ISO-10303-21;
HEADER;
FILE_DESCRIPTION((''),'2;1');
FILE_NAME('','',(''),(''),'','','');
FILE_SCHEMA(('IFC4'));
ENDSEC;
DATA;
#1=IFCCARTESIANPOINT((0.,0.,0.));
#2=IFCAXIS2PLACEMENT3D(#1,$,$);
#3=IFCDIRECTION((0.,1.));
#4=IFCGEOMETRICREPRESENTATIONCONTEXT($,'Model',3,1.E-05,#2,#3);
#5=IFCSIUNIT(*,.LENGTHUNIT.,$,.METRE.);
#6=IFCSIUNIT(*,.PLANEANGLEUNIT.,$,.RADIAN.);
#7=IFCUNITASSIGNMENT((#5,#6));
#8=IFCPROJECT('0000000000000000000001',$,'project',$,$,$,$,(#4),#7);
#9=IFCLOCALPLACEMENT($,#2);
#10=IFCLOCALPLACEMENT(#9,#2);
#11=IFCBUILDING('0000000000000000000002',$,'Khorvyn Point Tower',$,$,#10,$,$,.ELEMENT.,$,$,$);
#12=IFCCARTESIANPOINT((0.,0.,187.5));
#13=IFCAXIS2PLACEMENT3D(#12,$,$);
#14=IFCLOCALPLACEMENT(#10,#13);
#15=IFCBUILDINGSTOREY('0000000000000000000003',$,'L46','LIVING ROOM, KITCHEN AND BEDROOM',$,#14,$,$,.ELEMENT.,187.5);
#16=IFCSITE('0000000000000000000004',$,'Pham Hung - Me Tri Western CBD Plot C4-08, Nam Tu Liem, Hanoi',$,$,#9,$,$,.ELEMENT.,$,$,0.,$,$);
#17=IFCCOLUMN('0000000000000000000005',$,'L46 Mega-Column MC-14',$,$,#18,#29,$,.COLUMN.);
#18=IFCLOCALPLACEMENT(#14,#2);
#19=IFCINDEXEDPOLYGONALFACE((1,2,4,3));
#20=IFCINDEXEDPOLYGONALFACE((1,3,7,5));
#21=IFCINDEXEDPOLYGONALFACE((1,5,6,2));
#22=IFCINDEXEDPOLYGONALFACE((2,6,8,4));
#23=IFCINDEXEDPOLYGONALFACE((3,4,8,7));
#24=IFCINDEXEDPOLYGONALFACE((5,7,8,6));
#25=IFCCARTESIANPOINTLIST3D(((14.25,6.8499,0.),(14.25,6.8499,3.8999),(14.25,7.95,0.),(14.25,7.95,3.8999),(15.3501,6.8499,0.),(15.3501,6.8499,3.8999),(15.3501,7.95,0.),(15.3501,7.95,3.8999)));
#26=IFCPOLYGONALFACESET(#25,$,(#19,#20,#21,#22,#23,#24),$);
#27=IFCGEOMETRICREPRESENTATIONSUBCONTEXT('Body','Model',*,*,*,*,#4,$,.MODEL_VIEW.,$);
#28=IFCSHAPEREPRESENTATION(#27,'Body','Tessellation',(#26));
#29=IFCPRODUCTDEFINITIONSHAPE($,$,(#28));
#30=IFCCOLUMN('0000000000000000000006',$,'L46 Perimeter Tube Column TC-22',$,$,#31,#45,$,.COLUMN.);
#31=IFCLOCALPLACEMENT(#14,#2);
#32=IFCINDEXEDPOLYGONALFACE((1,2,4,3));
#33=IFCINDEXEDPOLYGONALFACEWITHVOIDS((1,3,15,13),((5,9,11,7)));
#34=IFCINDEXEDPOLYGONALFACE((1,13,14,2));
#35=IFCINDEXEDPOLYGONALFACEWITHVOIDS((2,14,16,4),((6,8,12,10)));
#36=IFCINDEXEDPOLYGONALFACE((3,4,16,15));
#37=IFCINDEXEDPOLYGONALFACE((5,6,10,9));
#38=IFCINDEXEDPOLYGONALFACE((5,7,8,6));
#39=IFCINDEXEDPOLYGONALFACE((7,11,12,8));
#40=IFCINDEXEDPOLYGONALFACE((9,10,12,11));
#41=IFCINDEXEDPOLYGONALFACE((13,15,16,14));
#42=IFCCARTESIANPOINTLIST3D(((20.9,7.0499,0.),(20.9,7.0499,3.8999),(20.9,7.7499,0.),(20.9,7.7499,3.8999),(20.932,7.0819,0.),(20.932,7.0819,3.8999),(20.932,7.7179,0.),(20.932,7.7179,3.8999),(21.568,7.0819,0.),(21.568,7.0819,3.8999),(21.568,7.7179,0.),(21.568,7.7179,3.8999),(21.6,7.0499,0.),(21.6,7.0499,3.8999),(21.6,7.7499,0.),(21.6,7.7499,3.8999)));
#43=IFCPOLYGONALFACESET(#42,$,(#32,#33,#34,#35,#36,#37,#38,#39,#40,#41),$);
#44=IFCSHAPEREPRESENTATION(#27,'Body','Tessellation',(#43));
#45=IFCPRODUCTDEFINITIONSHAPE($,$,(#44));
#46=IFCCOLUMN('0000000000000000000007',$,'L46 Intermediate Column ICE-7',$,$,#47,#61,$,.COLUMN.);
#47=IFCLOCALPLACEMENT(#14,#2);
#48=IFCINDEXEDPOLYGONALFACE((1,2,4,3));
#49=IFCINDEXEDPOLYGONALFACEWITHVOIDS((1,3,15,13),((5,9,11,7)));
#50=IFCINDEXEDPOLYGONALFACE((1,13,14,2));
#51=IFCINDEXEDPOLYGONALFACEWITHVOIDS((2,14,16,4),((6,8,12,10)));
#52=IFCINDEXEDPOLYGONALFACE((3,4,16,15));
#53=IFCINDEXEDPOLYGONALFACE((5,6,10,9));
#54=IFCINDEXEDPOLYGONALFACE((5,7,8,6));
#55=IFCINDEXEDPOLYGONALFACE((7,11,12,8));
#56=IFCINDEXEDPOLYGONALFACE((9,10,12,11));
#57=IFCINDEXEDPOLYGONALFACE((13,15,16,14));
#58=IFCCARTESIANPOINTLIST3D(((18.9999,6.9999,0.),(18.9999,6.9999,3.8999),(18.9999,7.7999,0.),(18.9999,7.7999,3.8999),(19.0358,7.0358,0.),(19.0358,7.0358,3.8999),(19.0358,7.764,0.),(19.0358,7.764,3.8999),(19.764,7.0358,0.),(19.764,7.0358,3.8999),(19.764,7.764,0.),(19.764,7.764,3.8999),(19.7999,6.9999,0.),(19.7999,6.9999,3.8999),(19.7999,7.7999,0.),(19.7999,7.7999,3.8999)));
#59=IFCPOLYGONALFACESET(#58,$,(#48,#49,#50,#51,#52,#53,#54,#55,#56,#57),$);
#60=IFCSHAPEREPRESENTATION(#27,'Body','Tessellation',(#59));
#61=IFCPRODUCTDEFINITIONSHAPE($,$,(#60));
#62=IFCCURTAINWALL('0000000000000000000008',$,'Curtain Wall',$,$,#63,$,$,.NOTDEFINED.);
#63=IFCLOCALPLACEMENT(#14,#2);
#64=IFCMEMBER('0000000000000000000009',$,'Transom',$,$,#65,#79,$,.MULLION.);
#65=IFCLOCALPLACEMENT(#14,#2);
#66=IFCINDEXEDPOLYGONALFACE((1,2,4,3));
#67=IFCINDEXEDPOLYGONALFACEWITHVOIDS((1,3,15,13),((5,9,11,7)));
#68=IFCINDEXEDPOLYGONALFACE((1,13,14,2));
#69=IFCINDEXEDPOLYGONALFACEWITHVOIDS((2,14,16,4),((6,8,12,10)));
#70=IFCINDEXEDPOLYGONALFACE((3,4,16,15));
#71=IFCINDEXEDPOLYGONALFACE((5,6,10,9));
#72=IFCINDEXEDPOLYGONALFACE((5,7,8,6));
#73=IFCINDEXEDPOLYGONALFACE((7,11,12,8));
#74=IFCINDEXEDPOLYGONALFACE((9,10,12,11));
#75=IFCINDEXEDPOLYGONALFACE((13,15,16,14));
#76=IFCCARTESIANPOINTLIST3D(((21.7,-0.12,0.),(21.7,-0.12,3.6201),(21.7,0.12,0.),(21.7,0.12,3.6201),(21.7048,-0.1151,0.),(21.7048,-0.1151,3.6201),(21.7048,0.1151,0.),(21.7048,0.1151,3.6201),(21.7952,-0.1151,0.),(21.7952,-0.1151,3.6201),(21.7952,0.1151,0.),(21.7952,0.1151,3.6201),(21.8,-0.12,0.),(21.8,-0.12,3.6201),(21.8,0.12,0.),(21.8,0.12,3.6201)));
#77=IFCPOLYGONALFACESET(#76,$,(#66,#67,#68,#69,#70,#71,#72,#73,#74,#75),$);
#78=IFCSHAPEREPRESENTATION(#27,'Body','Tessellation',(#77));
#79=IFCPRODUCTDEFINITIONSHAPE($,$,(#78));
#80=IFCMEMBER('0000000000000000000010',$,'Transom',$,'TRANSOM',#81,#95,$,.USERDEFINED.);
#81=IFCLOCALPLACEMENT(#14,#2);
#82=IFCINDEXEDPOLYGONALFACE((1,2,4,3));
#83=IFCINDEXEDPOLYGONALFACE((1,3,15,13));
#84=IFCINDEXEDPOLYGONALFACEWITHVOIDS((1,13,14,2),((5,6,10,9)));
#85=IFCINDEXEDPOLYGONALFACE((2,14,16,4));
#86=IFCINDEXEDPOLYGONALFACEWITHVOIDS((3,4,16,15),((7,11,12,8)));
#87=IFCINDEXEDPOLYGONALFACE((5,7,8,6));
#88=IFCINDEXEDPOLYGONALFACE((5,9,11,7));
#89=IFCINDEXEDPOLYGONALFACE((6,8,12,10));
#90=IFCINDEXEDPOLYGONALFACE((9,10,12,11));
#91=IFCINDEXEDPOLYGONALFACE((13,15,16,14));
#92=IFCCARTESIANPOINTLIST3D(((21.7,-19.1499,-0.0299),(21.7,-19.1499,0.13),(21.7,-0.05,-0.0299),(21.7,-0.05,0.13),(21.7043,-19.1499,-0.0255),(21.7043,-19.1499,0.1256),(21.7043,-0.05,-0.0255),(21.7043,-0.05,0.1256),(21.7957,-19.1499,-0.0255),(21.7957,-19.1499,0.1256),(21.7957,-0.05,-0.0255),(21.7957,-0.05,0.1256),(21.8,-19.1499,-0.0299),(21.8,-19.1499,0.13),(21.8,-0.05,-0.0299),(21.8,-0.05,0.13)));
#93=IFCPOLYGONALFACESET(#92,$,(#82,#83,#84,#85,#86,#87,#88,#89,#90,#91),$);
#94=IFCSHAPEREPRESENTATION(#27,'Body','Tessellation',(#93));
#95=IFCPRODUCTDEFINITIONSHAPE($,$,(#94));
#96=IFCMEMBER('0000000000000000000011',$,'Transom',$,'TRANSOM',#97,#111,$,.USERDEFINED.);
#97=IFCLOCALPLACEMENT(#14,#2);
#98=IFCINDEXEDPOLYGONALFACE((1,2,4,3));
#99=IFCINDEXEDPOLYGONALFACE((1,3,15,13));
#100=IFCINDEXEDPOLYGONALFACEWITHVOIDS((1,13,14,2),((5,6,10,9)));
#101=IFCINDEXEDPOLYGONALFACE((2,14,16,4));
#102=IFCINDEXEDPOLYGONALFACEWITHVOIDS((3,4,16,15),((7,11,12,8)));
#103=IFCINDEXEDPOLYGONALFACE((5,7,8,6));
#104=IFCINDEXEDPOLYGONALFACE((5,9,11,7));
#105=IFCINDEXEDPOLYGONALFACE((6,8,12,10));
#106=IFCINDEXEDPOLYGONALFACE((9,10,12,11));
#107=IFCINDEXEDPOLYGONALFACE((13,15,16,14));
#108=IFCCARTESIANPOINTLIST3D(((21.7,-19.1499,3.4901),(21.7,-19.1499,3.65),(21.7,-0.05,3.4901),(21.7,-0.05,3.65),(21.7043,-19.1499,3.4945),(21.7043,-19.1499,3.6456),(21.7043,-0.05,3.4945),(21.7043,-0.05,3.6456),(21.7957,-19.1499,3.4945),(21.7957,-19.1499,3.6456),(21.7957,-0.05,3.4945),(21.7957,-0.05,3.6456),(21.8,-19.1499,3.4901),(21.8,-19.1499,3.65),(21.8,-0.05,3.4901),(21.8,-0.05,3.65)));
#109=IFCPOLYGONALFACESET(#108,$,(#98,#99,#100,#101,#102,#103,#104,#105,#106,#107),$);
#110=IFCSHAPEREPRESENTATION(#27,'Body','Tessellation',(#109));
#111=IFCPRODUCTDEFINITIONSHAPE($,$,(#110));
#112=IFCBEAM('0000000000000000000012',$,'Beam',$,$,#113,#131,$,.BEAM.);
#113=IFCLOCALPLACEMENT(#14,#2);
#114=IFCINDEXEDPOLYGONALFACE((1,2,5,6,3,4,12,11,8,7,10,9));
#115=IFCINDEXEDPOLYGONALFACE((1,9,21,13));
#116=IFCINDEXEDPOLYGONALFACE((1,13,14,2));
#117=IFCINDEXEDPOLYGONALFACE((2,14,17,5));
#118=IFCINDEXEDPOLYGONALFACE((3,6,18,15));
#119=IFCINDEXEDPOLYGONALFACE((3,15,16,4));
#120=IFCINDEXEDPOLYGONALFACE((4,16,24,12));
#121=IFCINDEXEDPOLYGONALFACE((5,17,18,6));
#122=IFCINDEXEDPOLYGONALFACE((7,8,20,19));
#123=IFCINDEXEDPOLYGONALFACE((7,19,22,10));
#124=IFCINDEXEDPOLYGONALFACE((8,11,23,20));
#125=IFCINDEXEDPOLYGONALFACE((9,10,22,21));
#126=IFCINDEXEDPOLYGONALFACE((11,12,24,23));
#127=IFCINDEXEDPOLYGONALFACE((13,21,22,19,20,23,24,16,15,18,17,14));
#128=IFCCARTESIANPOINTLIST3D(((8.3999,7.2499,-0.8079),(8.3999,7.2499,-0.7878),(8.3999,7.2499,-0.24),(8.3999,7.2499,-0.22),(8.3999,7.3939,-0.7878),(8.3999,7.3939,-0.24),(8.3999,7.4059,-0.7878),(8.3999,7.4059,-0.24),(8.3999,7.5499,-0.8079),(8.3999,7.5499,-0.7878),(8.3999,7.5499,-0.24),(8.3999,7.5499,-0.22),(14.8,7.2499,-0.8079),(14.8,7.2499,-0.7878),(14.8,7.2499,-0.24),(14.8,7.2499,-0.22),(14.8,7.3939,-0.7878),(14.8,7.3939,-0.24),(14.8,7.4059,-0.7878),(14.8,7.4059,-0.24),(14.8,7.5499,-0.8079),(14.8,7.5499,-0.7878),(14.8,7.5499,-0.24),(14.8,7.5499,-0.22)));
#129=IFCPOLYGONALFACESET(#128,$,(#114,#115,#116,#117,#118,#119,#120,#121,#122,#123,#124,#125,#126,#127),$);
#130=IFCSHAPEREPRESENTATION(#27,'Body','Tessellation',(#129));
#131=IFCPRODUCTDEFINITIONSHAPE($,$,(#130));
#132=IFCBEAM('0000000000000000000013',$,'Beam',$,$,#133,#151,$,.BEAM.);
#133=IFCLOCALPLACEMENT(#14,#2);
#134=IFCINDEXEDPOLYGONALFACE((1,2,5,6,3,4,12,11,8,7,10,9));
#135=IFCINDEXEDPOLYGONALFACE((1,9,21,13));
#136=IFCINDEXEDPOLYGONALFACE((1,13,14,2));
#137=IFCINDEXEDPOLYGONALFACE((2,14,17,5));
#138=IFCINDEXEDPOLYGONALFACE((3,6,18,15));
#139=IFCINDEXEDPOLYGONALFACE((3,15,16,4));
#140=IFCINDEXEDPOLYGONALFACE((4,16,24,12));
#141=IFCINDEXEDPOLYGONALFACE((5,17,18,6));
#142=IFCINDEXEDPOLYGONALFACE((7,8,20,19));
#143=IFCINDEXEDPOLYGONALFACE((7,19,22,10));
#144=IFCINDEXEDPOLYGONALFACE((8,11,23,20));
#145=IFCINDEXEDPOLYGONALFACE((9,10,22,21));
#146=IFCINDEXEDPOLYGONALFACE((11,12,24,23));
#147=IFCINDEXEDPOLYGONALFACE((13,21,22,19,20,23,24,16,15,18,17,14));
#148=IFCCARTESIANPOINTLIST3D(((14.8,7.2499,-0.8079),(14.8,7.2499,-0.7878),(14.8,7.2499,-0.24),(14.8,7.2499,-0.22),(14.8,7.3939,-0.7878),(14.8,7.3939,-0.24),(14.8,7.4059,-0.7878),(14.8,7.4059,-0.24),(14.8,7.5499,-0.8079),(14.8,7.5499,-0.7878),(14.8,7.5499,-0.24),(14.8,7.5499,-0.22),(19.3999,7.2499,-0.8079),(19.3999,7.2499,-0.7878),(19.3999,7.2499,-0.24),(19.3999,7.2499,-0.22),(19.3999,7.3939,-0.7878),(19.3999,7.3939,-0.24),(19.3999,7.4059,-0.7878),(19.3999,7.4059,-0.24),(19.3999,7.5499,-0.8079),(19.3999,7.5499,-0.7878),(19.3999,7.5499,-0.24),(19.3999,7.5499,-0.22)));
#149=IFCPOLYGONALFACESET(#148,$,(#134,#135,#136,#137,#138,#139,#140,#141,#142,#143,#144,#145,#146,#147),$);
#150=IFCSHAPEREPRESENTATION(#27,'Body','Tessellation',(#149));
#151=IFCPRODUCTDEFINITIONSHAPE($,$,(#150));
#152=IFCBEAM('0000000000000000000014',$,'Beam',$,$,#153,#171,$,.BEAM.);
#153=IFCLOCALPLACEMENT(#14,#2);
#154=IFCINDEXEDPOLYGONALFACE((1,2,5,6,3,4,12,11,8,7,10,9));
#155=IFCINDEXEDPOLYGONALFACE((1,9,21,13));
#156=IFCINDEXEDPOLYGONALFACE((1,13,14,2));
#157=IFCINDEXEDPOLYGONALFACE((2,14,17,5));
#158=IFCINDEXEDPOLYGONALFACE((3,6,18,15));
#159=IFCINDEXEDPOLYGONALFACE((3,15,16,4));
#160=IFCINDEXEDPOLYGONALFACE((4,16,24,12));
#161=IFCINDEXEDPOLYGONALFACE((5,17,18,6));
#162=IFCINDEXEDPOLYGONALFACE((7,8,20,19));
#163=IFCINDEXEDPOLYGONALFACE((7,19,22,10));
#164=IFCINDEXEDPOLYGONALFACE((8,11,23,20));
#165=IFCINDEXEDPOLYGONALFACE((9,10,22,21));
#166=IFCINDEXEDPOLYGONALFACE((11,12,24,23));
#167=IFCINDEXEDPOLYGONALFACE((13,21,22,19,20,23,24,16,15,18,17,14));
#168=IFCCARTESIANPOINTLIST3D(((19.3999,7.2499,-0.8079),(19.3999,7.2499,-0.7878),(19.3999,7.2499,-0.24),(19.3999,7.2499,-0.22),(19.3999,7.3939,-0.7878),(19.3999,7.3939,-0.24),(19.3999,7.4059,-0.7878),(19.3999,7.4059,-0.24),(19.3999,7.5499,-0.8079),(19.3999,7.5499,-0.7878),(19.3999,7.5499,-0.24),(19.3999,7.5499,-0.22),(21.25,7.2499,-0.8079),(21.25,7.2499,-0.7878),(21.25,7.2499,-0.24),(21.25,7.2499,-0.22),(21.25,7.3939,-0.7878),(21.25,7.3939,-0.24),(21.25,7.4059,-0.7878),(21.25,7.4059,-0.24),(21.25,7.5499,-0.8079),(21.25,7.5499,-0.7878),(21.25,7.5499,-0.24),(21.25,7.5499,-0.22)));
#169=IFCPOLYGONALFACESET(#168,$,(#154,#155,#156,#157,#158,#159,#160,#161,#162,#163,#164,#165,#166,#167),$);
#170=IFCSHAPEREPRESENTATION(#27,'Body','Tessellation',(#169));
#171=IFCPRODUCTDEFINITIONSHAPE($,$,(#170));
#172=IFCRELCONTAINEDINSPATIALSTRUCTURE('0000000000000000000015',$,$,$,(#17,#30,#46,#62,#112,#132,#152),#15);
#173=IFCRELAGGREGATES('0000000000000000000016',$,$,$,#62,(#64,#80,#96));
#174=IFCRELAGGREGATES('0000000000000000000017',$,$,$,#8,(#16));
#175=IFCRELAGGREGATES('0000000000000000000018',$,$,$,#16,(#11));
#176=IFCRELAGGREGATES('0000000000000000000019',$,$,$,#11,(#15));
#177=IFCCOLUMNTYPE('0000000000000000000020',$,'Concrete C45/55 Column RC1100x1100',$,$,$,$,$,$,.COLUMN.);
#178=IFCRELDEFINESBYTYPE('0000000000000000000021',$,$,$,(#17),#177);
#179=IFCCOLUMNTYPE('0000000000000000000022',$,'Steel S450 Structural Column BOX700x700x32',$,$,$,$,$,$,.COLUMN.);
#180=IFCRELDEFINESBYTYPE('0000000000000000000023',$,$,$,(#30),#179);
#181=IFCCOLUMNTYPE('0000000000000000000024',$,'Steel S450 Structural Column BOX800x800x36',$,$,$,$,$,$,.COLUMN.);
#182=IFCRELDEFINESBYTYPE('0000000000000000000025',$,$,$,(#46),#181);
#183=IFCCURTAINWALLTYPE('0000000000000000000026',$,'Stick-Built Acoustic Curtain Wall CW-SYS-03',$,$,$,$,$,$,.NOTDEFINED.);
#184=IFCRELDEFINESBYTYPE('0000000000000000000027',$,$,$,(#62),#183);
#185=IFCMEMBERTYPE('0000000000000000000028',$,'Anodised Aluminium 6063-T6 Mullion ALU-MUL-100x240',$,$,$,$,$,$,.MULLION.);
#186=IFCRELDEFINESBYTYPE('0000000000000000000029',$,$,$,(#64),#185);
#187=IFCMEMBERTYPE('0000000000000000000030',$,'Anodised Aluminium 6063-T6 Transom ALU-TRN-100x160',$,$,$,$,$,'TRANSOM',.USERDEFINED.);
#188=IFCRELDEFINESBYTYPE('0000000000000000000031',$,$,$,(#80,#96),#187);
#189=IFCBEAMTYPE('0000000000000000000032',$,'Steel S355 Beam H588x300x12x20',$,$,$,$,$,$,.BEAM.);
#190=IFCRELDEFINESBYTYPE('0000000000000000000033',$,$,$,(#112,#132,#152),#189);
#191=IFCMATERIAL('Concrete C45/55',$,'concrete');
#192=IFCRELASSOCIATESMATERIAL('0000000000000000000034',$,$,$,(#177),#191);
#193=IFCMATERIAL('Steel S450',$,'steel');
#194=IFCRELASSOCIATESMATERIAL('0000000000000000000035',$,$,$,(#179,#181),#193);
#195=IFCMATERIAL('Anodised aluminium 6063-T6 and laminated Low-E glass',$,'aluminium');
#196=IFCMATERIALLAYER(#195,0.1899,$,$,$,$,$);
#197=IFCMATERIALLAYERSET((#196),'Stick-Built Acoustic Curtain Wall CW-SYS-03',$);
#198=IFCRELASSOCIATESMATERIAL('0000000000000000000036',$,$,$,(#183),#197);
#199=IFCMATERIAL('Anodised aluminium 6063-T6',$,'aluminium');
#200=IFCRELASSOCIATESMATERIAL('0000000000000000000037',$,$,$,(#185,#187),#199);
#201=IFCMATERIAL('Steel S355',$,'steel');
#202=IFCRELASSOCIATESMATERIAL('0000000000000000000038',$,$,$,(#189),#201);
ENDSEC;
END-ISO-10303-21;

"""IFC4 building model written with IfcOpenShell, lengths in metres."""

from ifc_helpers import new_model, si_unit, direction, frame, origin, origin_2d, place, context, subcontext, project, spatial, rectangle, hollow_rectangle, i_section, extrude, material, layer, layer_set, material_profile, profile_set, type_object, element, aggregate, save


model = new_model("IFC4")

# Units and contexts
model_context = context("Model", 3, precision=1e-05, world=origin(), true_north=direction((0.0, 1.0)))
body_context = subcontext(model_context, "Body", "Model", "MODEL_VIEW")
ifc_project = project(units=[si_unit("LENGTHUNIT", "METRE"), si_unit("PLANEANGLEUNIT", "RADIAN")], contexts=[model_context])

# Site, building, storey
site_placement = place(None, origin())
site = spatial("IfcSite", under=ifc_project, at=site_placement, Name="Pham Hung - Me Tri Western CBD Plot C4-08, Nam Tu Liem, Hanoi", CompositionType="ELEMENT", RefElevation=0.0)
building_placement = place(site_placement, origin())
building = spatial("IfcBuilding", under=site, at=building_placement, Name="Khorvyn Point Tower", CompositionType="ELEMENT")
storey_placement = place(building_placement, frame((0.0, 0.0, 187.5)))
storey = spatial("IfcBuildingStorey", under=building, at=storey_placement, Name="L46", Description="LIVING ROOM, KITCHEN AND BEDROOM", CompositionType="ELEMENT", Elevation=187.5)

# Columns
ifc_material_1 = material(Name="Concrete C45/55", Category="concrete")
ifc_material_profile_1 = material_profile(ifc_material_1, rectangle(XDim=1.1001, YDim=1.1001, at=origin_2d()))
ifc_profile_set_1 = profile_set([ifc_material_profile_1], Name="Concrete C45/55 RC1100x1100")
column_type_1 = type_object("IfcColumnType", Name="Concrete C45/55 Column RC1100x1100", PredefinedType="COLUMN", material=ifc_profile_set_1)
column_1_placement = place(storey_placement, frame((14.8, 7.3999, 0.0), z_axis=(0.0, 0.0, 1.0), x_axis=(1.0, 0.0, 0.0)))
element("IfcColumn", 1, at=column_1_placement, inside=storey, type_object=column_type_1, Name="L46 Mega-Column MC-14", PredefinedType="COLUMN", context=body_context, shape_type="SweptSolid", body=[
    extrude(rectangle(XDim=1.1001, YDim=1.1001, at=origin_2d()), origin(), (0.0, 0.0, 1.0), 3.8999),
])
ifc_material_2 = material(Name="Steel S450", Category="steel")
ifc_material_profile_2 = material_profile(ifc_material_2, hollow_rectangle(XDim=0.7, YDim=0.7, WallThickness=0.032, at=origin_2d()))
ifc_profile_set_2 = profile_set([ifc_material_profile_2], Name="Steel S450 BOX700x700x32")
column_type_2 = type_object("IfcColumnType", Name="Steel S450 Structural Column BOX700x700x32", PredefinedType="COLUMN", material=ifc_profile_set_2)
column_2_placement = place(storey_placement, frame((21.25, 7.3999, 0.0), z_axis=(0.0, 0.0, 1.0), x_axis=(1.0, 0.0, 0.0)))
element("IfcColumn", 2, at=column_2_placement, inside=storey, type_object=column_type_2, Name="L46 Perimeter Tube Column TC-22", PredefinedType="COLUMN", context=body_context, shape_type="SweptSolid", body=[
    extrude(hollow_rectangle(XDim=0.7, YDim=0.7, WallThickness=0.032, at=origin_2d()), origin(), (0.0, 0.0, 1.0), 3.8999),
])
ifc_material_profile_3 = material_profile(ifc_material_2, hollow_rectangle(XDim=0.8, YDim=0.8, WallThickness=0.0359, at=origin_2d()))
ifc_profile_set_3 = profile_set([ifc_material_profile_3], Name="Steel S450 BOX800x800x36")
column_type_3 = type_object("IfcColumnType", Name="Steel S450 Structural Column BOX800x800x36", PredefinedType="COLUMN", material=ifc_profile_set_3)
column_3_placement = place(storey_placement, frame((19.3999, 7.3999, 0.0), z_axis=(0.0, 0.0, 1.0), x_axis=(1.0, 0.0, 0.0)))
element("IfcColumn", 3, at=column_3_placement, inside=storey, type_object=column_type_3, Name="L46 Intermediate Column ICE-7", PredefinedType="COLUMN", context=body_context, shape_type="SweptSolid", body=[
    extrude(hollow_rectangle(XDim=0.8, YDim=0.8, WallThickness=0.0359, at=origin_2d()), origin(), (0.0, 0.0, 1.0), 3.8999),
])

# Curtain wall, members
ifc_material_3 = material(Name="Anodised aluminium 6063-T6 and laminated Low-E glass", Category="aluminium")
ifc_layer_1 = layer(ifc_material_3, 0.1899)
ifc_layer_set_1 = layer_set([ifc_layer_1], Name="Stick-Built Acoustic Curtain Wall CW-SYS-03")
curtain_wall_type = type_object("IfcCurtainWallType", Name="Stick-Built Acoustic Curtain Wall CW-SYS-03", PredefinedType="NOTDEFINED", material=ifc_layer_set_1)
curtain_wall_placement = place(storey_placement, origin())
curtain_wall = element("IfcCurtainWall", 4, at=curtain_wall_placement, inside=storey, type_object=curtain_wall_type, Name="Curtain Wall", PredefinedType="NOTDEFINED")
ifc_material_4 = material(Name="Anodised aluminium 6063-T6", Category="aluminium")
ifc_material_profile_4 = material_profile(ifc_material_4, hollow_rectangle(XDim=0.1001, YDim=0.24, WallThickness=0.0049, at=origin_2d()))
ifc_profile_set_4 = profile_set([ifc_material_profile_4], Name="Anodised aluminium 6063-T6 ALU-MUL-100x240")
member_type_1 = type_object("IfcMemberType", Name="Anodised Aluminium 6063-T6 Mullion ALU-MUL-100x240", PredefinedType="MULLION", material=ifc_profile_set_4)
member_1_placement = place(storey_placement, frame((21.75, 0.0, 0.0), z_axis=(0.0, 0.0, 1.0), x_axis=(1.0, 0.0, 0.0)))
member_1 = element("IfcMember", 5, at=member_1_placement, type_object=member_type_1, Name="Transom", PredefinedType="MULLION", context=body_context, shape_type="SweptSolid", body=[
    extrude(hollow_rectangle(XDim=0.1001, YDim=0.24, WallThickness=0.0049, at=origin_2d()), origin(), (0.0, 0.0, 1.0), 3.6201),
])
ifc_material_profile_5 = material_profile(ifc_material_4, hollow_rectangle(XDim=0.1001, YDim=0.1599, WallThickness=0.0044, at=origin_2d()))
ifc_profile_set_5 = profile_set([ifc_material_profile_5], Name="Anodised aluminium 6063-T6 ALU-TRN-100x160")
member_type_2 = type_object("IfcMemberType", Name="Anodised Aluminium 6063-T6 Transom ALU-TRN-100x160", ElementType="TRANSOM", PredefinedType="USERDEFINED", material=ifc_profile_set_5)
member_2_placement = place(storey_placement, frame((21.75, -0.05, 0.05), z_axis=(0.0, -1.0, 0.0), x_axis=(1.0, 0.0, 0.0)))
member_2 = element("IfcMember", 6, at=member_2_placement, type_object=member_type_2, Name="Transom", ObjectType="TRANSOM", PredefinedType="USERDEFINED", context=body_context, shape_type="SweptSolid", body=[
    extrude(hollow_rectangle(XDim=0.1001, YDim=0.1599, WallThickness=0.0044, at=origin_2d()), origin(), (0.0, 0.0, 1.0), 19.0999),
])
member_3_placement = place(storey_placement, frame((21.75, -0.05, 3.5701), z_axis=(0.0, -1.0, 0.0), x_axis=(1.0, 0.0, 0.0)))
member_3 = element("IfcMember", 7, at=member_3_placement, type_object=member_type_2, Name="Transom", ObjectType="TRANSOM", PredefinedType="USERDEFINED", context=body_context, shape_type="SweptSolid", body=[
    extrude(hollow_rectangle(XDim=0.1001, YDim=0.1599, WallThickness=0.0044, at=origin_2d()), origin(), (0.0, 0.0, 1.0), 19.0999),
])

# Beams
ifc_material_5 = material(Name="Steel S355", Category="steel")
ifc_material_profile_6 = material_profile(ifc_material_5, i_section(OverallWidth=0.3, OverallDepth=0.5879, WebThickness=0.012, FlangeThickness=0.02, at=origin_2d()))
ifc_profile_set_6 = profile_set([ifc_material_profile_6], Name="Steel S355 H588x300x12x20")
beam_type_1 = type_object("IfcBeamType", Name="Steel S355 Beam H588x300x12x20", PredefinedType="BEAM", material=ifc_profile_set_6)
beam_1_placement = place(storey_placement, frame((8.3999, 7.3999, -0.5139), z_axis=(1.0, 0.0, 0.0), x_axis=(0.0, 1.0, 0.0)))
element("IfcBeam", 8, at=beam_1_placement, inside=storey, type_object=beam_type_1, Name="Beam", PredefinedType="BEAM", context=body_context, shape_type="SweptSolid", body=[
    extrude(i_section(OverallWidth=0.3, OverallDepth=0.5879, WebThickness=0.012, FlangeThickness=0.02, at=origin_2d()), origin(), (0.0, 0.0, 1.0), 6.4001),
])
beam_2_placement = place(storey_placement, frame((14.8, 7.3999, -0.5139), z_axis=(1.0, 0.0, 0.0), x_axis=(0.0, 1.0, 0.0)))
element("IfcBeam", 9, at=beam_2_placement, inside=storey, type_object=beam_type_1, Name="Beam", PredefinedType="BEAM", context=body_context, shape_type="SweptSolid", body=[
    extrude(i_section(OverallWidth=0.3, OverallDepth=0.5879, WebThickness=0.012, FlangeThickness=0.02, at=origin_2d()), origin(), (0.0, 0.0, 1.0), 4.5999),
])
beam_3_placement = place(storey_placement, frame((19.3999, 7.3999, -0.5139), z_axis=(1.0, 0.0, 0.0), x_axis=(0.0, 1.0, 0.0)))
element("IfcBeam", 10, at=beam_3_placement, inside=storey, type_object=beam_type_1, Name="Beam", PredefinedType="BEAM", context=body_context, shape_type="SweptSolid", body=[
    extrude(i_section(OverallWidth=0.3, OverallDepth=0.5879, WebThickness=0.012, FlangeThickness=0.02, at=origin_2d()), origin(), (0.0, 0.0, 1.0), 1.8501),
])

aggregate(curtain_wall, [member_1, member_2, member_3])

save(model, "model.ifc")
